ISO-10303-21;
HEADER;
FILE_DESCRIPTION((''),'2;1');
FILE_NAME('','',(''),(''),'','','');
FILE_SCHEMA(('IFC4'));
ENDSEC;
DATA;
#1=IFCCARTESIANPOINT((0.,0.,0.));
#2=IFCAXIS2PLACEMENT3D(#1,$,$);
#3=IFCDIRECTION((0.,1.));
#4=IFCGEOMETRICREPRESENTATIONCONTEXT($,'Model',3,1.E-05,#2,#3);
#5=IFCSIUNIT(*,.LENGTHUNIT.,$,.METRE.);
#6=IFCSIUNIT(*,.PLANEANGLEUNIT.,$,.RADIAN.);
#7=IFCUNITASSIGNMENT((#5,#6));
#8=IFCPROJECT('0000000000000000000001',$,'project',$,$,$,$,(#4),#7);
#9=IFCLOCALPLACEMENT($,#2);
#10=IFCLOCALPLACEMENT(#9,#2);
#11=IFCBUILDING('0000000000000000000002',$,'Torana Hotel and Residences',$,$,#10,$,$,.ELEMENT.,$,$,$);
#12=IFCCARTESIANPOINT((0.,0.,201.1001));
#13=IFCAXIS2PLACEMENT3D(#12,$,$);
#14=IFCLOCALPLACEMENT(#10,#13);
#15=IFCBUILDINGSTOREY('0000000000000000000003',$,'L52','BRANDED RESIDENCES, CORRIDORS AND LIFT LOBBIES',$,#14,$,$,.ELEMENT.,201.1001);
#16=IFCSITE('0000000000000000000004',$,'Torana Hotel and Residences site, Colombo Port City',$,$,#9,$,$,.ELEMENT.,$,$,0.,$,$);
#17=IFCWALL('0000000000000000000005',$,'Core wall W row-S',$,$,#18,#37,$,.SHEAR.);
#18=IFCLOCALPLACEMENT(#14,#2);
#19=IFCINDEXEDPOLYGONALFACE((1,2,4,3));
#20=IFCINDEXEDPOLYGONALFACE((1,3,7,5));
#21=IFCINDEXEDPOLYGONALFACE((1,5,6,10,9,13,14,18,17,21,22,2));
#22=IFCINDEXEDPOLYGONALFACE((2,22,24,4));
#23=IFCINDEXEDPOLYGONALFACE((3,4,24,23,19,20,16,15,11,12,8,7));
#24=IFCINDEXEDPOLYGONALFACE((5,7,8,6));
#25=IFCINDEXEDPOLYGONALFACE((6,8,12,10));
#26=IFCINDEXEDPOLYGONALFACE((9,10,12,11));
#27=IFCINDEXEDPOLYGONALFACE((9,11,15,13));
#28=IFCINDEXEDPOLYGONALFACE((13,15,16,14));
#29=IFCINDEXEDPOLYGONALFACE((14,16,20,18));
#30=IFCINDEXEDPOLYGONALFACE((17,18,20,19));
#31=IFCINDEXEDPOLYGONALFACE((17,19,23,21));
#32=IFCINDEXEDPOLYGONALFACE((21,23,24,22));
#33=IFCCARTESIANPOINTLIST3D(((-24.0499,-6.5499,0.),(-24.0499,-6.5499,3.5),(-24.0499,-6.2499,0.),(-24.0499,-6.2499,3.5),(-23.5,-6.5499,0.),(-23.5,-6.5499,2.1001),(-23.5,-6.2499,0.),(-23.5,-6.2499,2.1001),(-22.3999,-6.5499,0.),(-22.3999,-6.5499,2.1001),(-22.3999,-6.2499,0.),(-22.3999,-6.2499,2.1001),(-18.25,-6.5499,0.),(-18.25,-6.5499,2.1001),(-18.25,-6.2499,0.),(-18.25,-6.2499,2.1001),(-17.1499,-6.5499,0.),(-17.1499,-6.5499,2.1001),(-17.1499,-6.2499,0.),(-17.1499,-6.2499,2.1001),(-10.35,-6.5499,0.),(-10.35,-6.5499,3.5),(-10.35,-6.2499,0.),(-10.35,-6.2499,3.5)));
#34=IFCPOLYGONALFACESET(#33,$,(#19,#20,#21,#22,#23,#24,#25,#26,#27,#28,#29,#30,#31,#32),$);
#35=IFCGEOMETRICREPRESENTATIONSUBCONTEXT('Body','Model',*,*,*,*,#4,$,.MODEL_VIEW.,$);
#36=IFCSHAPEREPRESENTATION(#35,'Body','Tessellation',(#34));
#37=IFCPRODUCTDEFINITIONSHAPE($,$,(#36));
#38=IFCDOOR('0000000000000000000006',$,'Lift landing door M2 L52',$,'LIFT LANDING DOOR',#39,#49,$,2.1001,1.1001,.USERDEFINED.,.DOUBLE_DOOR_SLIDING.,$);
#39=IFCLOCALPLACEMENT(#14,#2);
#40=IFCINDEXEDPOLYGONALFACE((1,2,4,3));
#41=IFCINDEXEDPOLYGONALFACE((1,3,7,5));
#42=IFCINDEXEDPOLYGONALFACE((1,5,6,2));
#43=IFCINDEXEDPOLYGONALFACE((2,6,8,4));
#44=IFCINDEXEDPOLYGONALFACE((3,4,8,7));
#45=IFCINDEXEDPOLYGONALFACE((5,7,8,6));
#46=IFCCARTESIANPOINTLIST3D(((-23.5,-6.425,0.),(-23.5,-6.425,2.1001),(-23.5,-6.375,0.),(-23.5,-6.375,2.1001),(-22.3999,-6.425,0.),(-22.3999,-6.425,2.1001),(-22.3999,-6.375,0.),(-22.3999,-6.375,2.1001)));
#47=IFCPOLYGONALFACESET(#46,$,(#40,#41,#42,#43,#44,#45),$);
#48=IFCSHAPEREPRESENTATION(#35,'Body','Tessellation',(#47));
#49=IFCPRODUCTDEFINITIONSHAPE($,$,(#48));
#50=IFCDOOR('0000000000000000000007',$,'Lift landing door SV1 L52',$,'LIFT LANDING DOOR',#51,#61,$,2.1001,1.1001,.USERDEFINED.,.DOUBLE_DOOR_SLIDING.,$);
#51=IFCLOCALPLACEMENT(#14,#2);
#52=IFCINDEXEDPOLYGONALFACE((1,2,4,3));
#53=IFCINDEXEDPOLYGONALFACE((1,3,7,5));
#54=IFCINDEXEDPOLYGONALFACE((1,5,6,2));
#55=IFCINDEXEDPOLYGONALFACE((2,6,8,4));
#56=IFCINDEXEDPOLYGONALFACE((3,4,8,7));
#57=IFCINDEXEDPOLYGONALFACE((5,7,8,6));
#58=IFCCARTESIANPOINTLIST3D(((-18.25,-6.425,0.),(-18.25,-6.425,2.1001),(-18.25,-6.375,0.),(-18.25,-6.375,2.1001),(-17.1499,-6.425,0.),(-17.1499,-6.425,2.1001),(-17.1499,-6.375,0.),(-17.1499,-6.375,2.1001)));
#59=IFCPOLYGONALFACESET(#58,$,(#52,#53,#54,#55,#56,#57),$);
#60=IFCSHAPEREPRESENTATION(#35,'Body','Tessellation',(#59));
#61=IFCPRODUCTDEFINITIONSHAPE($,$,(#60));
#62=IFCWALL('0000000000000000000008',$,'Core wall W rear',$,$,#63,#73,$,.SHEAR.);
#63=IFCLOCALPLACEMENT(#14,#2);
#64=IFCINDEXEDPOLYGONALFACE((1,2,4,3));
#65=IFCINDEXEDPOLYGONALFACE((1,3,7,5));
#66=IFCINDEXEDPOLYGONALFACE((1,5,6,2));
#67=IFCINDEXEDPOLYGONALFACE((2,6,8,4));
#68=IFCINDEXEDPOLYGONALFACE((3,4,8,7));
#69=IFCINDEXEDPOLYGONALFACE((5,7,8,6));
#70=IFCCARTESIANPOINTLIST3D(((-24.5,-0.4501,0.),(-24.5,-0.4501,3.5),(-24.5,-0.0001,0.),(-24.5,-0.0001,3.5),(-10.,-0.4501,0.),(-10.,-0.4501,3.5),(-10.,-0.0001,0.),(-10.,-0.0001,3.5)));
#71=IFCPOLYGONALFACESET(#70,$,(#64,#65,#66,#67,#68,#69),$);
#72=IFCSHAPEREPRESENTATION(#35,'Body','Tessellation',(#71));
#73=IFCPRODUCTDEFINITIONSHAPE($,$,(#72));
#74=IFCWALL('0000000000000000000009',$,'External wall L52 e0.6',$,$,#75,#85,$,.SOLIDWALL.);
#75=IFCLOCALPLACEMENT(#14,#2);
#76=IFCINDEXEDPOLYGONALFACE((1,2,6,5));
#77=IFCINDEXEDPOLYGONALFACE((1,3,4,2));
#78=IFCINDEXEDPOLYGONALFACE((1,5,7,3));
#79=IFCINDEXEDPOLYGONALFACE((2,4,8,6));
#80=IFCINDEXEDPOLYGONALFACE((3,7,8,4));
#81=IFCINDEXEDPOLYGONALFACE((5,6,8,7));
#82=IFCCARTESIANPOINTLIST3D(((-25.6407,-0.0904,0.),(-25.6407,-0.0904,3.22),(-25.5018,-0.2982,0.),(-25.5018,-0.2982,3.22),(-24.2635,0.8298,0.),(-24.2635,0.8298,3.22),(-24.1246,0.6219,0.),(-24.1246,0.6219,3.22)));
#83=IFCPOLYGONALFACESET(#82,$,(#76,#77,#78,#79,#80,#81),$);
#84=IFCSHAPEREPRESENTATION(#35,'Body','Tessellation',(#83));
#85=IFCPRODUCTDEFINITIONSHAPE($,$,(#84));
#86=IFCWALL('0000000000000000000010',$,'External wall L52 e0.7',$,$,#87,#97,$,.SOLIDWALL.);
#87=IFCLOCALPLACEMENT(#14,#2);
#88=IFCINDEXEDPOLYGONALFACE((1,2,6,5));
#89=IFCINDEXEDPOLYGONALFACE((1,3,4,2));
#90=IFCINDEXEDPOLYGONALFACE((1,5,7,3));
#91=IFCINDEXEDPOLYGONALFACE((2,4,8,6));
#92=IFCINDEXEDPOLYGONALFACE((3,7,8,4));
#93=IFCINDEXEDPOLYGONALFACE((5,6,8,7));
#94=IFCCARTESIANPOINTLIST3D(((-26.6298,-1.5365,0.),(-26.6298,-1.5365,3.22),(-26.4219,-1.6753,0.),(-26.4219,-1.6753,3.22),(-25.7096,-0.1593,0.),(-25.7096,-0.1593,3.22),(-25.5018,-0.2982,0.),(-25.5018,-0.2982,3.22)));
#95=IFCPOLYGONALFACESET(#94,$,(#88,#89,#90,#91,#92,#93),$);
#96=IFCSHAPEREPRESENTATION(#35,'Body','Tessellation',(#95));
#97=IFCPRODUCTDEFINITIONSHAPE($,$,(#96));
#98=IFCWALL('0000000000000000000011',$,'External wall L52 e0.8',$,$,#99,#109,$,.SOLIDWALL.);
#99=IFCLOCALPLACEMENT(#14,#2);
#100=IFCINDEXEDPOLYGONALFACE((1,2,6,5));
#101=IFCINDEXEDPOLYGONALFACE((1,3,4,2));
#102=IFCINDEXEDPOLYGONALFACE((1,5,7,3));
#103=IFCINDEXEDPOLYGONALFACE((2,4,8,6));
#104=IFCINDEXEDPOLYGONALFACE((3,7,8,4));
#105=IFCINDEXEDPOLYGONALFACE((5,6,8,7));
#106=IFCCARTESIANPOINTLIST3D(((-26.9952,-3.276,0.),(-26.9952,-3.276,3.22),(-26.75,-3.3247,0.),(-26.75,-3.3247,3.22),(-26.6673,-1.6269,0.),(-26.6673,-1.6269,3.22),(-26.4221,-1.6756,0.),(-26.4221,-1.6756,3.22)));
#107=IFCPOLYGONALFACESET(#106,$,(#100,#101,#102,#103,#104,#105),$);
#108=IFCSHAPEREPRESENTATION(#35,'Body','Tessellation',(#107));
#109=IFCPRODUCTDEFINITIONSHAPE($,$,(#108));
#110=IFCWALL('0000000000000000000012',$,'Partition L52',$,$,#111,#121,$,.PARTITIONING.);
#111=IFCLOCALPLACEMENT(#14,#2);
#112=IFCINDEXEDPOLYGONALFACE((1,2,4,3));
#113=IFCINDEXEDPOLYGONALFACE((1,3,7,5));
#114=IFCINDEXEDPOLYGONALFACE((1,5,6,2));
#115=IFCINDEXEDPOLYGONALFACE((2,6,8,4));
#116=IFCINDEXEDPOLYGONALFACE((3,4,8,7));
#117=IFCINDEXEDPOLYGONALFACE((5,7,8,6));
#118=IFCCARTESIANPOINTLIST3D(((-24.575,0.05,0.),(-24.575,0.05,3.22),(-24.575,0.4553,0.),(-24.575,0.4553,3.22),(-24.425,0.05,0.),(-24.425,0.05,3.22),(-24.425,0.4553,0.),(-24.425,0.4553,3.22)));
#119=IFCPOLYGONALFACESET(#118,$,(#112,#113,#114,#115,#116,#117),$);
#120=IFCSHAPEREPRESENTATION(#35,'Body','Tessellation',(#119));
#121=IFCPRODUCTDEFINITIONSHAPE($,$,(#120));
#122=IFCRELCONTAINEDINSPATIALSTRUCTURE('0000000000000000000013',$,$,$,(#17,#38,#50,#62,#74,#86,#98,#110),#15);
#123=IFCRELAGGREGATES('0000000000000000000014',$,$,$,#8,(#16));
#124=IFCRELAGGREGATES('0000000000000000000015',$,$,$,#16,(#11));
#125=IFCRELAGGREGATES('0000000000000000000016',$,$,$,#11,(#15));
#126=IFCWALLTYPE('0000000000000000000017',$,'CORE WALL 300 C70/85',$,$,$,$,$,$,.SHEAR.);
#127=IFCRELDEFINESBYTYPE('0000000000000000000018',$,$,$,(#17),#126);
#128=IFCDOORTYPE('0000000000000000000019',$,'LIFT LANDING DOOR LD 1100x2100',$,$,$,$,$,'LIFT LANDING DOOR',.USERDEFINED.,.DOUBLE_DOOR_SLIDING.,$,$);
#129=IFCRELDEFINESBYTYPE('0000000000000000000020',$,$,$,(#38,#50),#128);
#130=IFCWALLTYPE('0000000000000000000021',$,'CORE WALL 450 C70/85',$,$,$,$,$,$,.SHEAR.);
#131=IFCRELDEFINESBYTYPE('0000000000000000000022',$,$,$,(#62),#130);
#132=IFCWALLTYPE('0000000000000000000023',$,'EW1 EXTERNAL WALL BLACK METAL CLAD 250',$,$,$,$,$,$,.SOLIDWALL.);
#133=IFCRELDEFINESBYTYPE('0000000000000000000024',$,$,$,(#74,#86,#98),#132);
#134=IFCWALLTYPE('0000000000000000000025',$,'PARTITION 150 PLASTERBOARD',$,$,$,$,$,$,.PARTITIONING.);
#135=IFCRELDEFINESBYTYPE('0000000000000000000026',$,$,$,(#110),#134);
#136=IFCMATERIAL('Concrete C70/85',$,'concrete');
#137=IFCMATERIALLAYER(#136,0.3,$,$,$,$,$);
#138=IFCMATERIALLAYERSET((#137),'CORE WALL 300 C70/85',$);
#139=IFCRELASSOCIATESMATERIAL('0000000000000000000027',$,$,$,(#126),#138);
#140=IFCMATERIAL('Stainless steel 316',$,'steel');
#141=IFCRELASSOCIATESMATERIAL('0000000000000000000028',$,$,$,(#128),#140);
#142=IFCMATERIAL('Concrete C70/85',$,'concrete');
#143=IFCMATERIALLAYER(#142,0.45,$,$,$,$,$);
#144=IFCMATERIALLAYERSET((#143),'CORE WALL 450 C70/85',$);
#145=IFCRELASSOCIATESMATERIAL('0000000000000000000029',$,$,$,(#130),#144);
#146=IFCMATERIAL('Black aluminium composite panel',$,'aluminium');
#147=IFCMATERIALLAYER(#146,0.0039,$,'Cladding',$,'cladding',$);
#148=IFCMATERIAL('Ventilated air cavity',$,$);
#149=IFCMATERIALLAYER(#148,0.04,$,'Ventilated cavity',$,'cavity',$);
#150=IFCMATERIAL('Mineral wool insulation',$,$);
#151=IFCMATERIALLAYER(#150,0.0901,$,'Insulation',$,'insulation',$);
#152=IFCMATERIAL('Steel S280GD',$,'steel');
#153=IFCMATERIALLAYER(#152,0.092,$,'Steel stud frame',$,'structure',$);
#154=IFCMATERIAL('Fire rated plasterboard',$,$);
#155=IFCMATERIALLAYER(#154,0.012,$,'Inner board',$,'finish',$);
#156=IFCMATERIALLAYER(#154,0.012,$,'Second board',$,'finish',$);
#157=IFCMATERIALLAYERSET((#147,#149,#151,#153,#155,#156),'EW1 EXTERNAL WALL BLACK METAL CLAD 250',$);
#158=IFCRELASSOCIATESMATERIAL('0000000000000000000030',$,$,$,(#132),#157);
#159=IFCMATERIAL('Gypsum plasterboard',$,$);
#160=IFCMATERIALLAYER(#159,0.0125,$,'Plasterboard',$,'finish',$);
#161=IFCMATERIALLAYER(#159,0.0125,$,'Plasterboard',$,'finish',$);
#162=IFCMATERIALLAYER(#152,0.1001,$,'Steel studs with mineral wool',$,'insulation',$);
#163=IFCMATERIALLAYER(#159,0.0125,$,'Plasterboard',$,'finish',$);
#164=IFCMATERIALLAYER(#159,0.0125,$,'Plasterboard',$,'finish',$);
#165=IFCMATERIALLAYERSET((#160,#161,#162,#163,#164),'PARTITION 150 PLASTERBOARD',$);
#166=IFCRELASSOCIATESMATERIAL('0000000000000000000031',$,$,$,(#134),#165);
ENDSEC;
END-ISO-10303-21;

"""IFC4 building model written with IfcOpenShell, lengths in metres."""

from ifc_helpers import new_model, si_unit, direction, frame, frame_2d, origin, place, context, subcontext, project, spatial, rectangle, extrude, material, layer, layer_set, type_object, element, fill, save


model = new_model("IFC4")

# Units and contexts
model_context = context("Model", 3, precision=1e-05, world=origin(), true_north=direction((0.0, 1.0)))
body_context = subcontext(model_context, "Body", "Model", "MODEL_VIEW")
ifc_project = project(units=[si_unit("LENGTHUNIT", "METRE"), si_unit("PLANEANGLEUNIT", "RADIAN")], contexts=[model_context])

# Site, building, storey
site_placement = place(None, origin())
site = spatial("IfcSite", under=ifc_project, at=site_placement, Name="Torana Hotel and Residences site, Colombo Port City", CompositionType="ELEMENT", RefElevation=0.0)
building_placement = place(site_placement, origin())
building = spatial("IfcBuilding", under=site, at=building_placement, Name="Torana Hotel and Residences", CompositionType="ELEMENT")
storey_placement = place(building_placement, frame((0.0, 0.0, 201.1001)))
storey = spatial("IfcBuildingStorey", under=building, at=storey_placement, Name="L52", Description="BRANDED RESIDENCES, CORRIDORS AND LIFT LOBBIES", CompositionType="ELEMENT", Elevation=201.1001)

# Wall, openings, doors
ifc_material_1 = material(Name="Concrete C70/85", Category="concrete")
ifc_layer_1 = layer(ifc_material_1, 0.3)
ifc_layer_set_1 = layer_set([ifc_layer_1], Name="CORE WALL 300 C70/85")
wall_type_1 = type_object("IfcWallType", Name="CORE WALL 300 C70/85", PredefinedType="SHEAR", material=ifc_layer_set_1)
ifc_material_2 = material(Name="Stainless steel 316", Category="steel")
door_type_1 = type_object("IfcDoorType", Name="LIFT LANDING DOOR LD 1100x2100", ElementType="LIFT LANDING DOOR", OperationType="DOUBLE_DOOR_SLIDING", PredefinedType="USERDEFINED", material=ifc_material_2)
wall_1_placement = place(storey_placement, frame((-24.05, -6.3999, 0.0), z_axis=(0.0, 0.0, 1.0), x_axis=(1.0, 0.0, 0.0)))
wall_1 = element("IfcWall", 1, at=wall_1_placement, inside=storey, type_object=wall_type_1, Name="Core wall W row-S", PredefinedType="SHEAR", context=body_context, shape_type="SweptSolid", body=[
    extrude(rectangle(XDim=13.7, YDim=0.3, at=frame_2d((6.8501, 0.0))), origin(), (0.0, 0.0, 1.0), 3.5),
])
opening_1_placement = place(wall_1_placement, frame((0.55, 0.0, 0.0)))
opening_1 = element("IfcOpeningElement", 2, at=opening_1_placement, cuts=wall_1, PredefinedType="OPENING", context=body_context, shape_type="SweptSolid", body=[
    extrude(rectangle(XDim=1.1001, YDim=2.1001, at=frame_2d((0.55, 1.05))), frame((0.0, 0.1599, 0.0), z_axis=(0.0, -1.0, 0.0), x_axis=(1.0, 0.0, 0.0)), (0.0, 0.0, 1.0), 0.3201),
])
opening_2_placement = place(wall_1_placement, frame((5.8, 0.0, 0.0)))
opening_2 = element("IfcOpeningElement", 3, at=opening_2_placement, cuts=wall_1, PredefinedType="OPENING", context=body_context, shape_type="SweptSolid", body=[
    extrude(rectangle(XDim=1.1001, YDim=2.1001, at=frame_2d((0.55, 1.05))), frame((0.0, 0.1599, 0.0), z_axis=(0.0, -1.0, 0.0), x_axis=(1.0, 0.0, 0.0)), (0.0, 0.0, 1.0), 0.3201),
])
door_1_placement = place(opening_1_placement, origin())
door_1 = element("IfcDoor", 4, at=door_1_placement, inside=storey, type_object=door_type_1, Name="Lift landing door M2 L52", ObjectType="LIFT LANDING DOOR", OperationType="DOUBLE_DOOR_SLIDING", OverallHeight=2.1001, OverallWidth=1.1001, PredefinedType="USERDEFINED", context=body_context, shape_type="SweptSolid", body=[
    extrude(rectangle(XDim=1.1001, YDim=2.1001, at=frame_2d((0.55, 1.05))), frame((0.0, 0.0249, 0.0), z_axis=(0.0, -1.0, 0.0), x_axis=(1.0, 0.0, 0.0)), (0.0, 0.0, 1.0), 0.05),
])
fill(opening_1, door_1)
door_2_placement = place(opening_2_placement, origin())
door_2 = element("IfcDoor", 5, at=door_2_placement, inside=storey, type_object=door_type_1, Name="Lift landing door SV1 L52", ObjectType="LIFT LANDING DOOR", OperationType="DOUBLE_DOOR_SLIDING", OverallHeight=2.1001, OverallWidth=1.1001, PredefinedType="USERDEFINED", context=body_context, shape_type="SweptSolid", body=[
    extrude(rectangle(XDim=1.1001, YDim=2.1001, at=frame_2d((0.55, 1.05))), frame((0.0, 0.0249, 0.0), z_axis=(0.0, -1.0, 0.0), x_axis=(1.0, 0.0, 0.0)), (0.0, 0.0, 1.0), 0.05),
])
fill(opening_2, door_2)

# Walls
ifc_material_3 = material(Name="Concrete C70/85", Category="concrete")
ifc_layer_2 = layer(ifc_material_3, 0.45)
ifc_layer_set_2 = layer_set([ifc_layer_2], Name="CORE WALL 450 C70/85")
wall_type_2 = type_object("IfcWallType", Name="CORE WALL 450 C70/85", PredefinedType="SHEAR", material=ifc_layer_set_2)
wall_2_placement = place(storey_placement, frame((-24.5, -0.2251, 0.0), z_axis=(0.0, 0.0, 1.0), x_axis=(1.0, 0.0, 0.0)))
element("IfcWall", 6, at=wall_2_placement, inside=storey, type_object=wall_type_2, Name="Core wall W rear", PredefinedType="SHEAR", context=body_context, shape_type="SweptSolid", body=[
    extrude(rectangle(XDim=14.5, YDim=0.45, at=frame_2d((7.25, 0.0))), origin(), (0.0, 0.0, 1.0), 3.5),
])
ifc_material_4 = material(Name="Black aluminium composite panel", Category="aluminium")
ifc_layer_3 = layer(ifc_material_4, 0.0039, Name="Cladding", Category="cladding")
ifc_material_5 = material(Name="Ventilated air cavity")
ifc_layer_4 = layer(ifc_material_5, 0.04, Name="Ventilated cavity", Category="cavity")
ifc_material_6 = material(Name="Mineral wool insulation")
ifc_layer_5 = layer(ifc_material_6, 0.0901, Name="Insulation", Category="insulation")
ifc_material_7 = material(Name="Steel S280GD", Category="steel")
ifc_layer_6 = layer(ifc_material_7, 0.092, Name="Steel stud frame", Category="structure")
ifc_material_8 = material(Name="Fire rated plasterboard")
ifc_layer_7 = layer(ifc_material_8, 0.012, Name="Inner board", Category="finish")
ifc_layer_8 = layer(ifc_material_8, 0.012, Name="Second board", Category="finish")
ifc_layer_set_3 = layer_set([ifc_layer_3, ifc_layer_4, ifc_layer_5, ifc_layer_6, ifc_layer_7, ifc_layer_8], Name="EW1 EXTERNAL WALL BLACK METAL CLAD 250")
wall_type_3 = type_object("IfcWallType", Name="EW1 EXTERNAL WALL BLACK METAL CLAD 250", PredefinedType="SOLIDWALL", material=ifc_layer_set_3)
for number, where, z_axis, x_axis, name in (
    (7, (-24.1941, 0.7258, 0.0), (0.0, 0.0, 1.0), (-0.831483, -0.55555, 0.0), "External wall L52 e0.6"),
    (8, (-25.6057, -0.2288, 0.0), (0.0, 0.0, 1.0), (-0.55555, -0.831483, 0.0), "External wall L52 e0.7"),
):
    element("IfcWall", number, at=place(storey_placement, frame(where, z_axis=z_axis, x_axis=x_axis)), inside=storey, type_object=wall_type_3, Name=name, PredefinedType="SOLIDWALL", context=body_context, shape_type="SweptSolid", body=[
        extrude(rectangle(XDim=1.6562, YDim=0.25, at=frame_2d((0.8281, 0.0))), origin(), (0.0, 0.0, 1.0), 3.22),
    ])
wall_3_placement = place(storey_placement, frame((-26.5447, -1.6511, 0.0), z_axis=(0.0, 0.0, 1.0), x_axis=(-0.194999, -0.980803, 0.0)))
element("IfcWall", 9, at=wall_3_placement, inside=storey, type_object=wall_type_3, Name="External wall L52 e0.8", PredefinedType="SOLIDWALL", context=body_context, shape_type="SweptSolid", body=[
    extrude(rectangle(XDim=1.6814, YDim=0.25, at=frame_2d((0.8408, 0.0))), origin(), (0.0, 0.0, 1.0), 3.22),
])

# Wall
ifc_material_9 = material(Name="Gypsum plasterboard")
ifc_layer_9 = layer(ifc_material_9, 0.0125, Name="Plasterboard", Category="finish")
ifc_layer_10 = layer(ifc_material_9, 0.0125, Name="Plasterboard", Category="finish")
ifc_layer_11 = layer(ifc_material_7, 0.1001, Name="Steel studs with mineral wool", Category="insulation")
ifc_layer_12 = layer(ifc_material_9, 0.0125, Name="Plasterboard", Category="finish")
ifc_layer_13 = layer(ifc_material_9, 0.0125, Name="Plasterboard", Category="finish")
ifc_layer_set_4 = layer_set([ifc_layer_9, ifc_layer_10, ifc_layer_11, ifc_layer_12, ifc_layer_13], Name="PARTITION 150 PLASTERBOARD")
wall_type_4 = type_object("IfcWallType", Name="PARTITION 150 PLASTERBOARD", PredefinedType="PARTITIONING", material=ifc_layer_set_4)
wall_4_placement = place(storey_placement, frame((-24.5, 0.05, 0.0), z_axis=(0.0, 0.0, 1.0), x_axis=(0.0, 1.0, 0.0)))
element("IfcWall", 10, at=wall_4_placement, inside=storey, type_object=wall_type_4, Name="Partition L52", PredefinedType="PARTITIONING", context=body_context, shape_type="SweptSolid", body=[
    extrude(rectangle(XDim=0.4053, YDim=0.1499, at=frame_2d((0.2026, 0.0))), origin(), (0.0, 0.0, 1.0), 3.22),
])

save(model, "model.ifc")
